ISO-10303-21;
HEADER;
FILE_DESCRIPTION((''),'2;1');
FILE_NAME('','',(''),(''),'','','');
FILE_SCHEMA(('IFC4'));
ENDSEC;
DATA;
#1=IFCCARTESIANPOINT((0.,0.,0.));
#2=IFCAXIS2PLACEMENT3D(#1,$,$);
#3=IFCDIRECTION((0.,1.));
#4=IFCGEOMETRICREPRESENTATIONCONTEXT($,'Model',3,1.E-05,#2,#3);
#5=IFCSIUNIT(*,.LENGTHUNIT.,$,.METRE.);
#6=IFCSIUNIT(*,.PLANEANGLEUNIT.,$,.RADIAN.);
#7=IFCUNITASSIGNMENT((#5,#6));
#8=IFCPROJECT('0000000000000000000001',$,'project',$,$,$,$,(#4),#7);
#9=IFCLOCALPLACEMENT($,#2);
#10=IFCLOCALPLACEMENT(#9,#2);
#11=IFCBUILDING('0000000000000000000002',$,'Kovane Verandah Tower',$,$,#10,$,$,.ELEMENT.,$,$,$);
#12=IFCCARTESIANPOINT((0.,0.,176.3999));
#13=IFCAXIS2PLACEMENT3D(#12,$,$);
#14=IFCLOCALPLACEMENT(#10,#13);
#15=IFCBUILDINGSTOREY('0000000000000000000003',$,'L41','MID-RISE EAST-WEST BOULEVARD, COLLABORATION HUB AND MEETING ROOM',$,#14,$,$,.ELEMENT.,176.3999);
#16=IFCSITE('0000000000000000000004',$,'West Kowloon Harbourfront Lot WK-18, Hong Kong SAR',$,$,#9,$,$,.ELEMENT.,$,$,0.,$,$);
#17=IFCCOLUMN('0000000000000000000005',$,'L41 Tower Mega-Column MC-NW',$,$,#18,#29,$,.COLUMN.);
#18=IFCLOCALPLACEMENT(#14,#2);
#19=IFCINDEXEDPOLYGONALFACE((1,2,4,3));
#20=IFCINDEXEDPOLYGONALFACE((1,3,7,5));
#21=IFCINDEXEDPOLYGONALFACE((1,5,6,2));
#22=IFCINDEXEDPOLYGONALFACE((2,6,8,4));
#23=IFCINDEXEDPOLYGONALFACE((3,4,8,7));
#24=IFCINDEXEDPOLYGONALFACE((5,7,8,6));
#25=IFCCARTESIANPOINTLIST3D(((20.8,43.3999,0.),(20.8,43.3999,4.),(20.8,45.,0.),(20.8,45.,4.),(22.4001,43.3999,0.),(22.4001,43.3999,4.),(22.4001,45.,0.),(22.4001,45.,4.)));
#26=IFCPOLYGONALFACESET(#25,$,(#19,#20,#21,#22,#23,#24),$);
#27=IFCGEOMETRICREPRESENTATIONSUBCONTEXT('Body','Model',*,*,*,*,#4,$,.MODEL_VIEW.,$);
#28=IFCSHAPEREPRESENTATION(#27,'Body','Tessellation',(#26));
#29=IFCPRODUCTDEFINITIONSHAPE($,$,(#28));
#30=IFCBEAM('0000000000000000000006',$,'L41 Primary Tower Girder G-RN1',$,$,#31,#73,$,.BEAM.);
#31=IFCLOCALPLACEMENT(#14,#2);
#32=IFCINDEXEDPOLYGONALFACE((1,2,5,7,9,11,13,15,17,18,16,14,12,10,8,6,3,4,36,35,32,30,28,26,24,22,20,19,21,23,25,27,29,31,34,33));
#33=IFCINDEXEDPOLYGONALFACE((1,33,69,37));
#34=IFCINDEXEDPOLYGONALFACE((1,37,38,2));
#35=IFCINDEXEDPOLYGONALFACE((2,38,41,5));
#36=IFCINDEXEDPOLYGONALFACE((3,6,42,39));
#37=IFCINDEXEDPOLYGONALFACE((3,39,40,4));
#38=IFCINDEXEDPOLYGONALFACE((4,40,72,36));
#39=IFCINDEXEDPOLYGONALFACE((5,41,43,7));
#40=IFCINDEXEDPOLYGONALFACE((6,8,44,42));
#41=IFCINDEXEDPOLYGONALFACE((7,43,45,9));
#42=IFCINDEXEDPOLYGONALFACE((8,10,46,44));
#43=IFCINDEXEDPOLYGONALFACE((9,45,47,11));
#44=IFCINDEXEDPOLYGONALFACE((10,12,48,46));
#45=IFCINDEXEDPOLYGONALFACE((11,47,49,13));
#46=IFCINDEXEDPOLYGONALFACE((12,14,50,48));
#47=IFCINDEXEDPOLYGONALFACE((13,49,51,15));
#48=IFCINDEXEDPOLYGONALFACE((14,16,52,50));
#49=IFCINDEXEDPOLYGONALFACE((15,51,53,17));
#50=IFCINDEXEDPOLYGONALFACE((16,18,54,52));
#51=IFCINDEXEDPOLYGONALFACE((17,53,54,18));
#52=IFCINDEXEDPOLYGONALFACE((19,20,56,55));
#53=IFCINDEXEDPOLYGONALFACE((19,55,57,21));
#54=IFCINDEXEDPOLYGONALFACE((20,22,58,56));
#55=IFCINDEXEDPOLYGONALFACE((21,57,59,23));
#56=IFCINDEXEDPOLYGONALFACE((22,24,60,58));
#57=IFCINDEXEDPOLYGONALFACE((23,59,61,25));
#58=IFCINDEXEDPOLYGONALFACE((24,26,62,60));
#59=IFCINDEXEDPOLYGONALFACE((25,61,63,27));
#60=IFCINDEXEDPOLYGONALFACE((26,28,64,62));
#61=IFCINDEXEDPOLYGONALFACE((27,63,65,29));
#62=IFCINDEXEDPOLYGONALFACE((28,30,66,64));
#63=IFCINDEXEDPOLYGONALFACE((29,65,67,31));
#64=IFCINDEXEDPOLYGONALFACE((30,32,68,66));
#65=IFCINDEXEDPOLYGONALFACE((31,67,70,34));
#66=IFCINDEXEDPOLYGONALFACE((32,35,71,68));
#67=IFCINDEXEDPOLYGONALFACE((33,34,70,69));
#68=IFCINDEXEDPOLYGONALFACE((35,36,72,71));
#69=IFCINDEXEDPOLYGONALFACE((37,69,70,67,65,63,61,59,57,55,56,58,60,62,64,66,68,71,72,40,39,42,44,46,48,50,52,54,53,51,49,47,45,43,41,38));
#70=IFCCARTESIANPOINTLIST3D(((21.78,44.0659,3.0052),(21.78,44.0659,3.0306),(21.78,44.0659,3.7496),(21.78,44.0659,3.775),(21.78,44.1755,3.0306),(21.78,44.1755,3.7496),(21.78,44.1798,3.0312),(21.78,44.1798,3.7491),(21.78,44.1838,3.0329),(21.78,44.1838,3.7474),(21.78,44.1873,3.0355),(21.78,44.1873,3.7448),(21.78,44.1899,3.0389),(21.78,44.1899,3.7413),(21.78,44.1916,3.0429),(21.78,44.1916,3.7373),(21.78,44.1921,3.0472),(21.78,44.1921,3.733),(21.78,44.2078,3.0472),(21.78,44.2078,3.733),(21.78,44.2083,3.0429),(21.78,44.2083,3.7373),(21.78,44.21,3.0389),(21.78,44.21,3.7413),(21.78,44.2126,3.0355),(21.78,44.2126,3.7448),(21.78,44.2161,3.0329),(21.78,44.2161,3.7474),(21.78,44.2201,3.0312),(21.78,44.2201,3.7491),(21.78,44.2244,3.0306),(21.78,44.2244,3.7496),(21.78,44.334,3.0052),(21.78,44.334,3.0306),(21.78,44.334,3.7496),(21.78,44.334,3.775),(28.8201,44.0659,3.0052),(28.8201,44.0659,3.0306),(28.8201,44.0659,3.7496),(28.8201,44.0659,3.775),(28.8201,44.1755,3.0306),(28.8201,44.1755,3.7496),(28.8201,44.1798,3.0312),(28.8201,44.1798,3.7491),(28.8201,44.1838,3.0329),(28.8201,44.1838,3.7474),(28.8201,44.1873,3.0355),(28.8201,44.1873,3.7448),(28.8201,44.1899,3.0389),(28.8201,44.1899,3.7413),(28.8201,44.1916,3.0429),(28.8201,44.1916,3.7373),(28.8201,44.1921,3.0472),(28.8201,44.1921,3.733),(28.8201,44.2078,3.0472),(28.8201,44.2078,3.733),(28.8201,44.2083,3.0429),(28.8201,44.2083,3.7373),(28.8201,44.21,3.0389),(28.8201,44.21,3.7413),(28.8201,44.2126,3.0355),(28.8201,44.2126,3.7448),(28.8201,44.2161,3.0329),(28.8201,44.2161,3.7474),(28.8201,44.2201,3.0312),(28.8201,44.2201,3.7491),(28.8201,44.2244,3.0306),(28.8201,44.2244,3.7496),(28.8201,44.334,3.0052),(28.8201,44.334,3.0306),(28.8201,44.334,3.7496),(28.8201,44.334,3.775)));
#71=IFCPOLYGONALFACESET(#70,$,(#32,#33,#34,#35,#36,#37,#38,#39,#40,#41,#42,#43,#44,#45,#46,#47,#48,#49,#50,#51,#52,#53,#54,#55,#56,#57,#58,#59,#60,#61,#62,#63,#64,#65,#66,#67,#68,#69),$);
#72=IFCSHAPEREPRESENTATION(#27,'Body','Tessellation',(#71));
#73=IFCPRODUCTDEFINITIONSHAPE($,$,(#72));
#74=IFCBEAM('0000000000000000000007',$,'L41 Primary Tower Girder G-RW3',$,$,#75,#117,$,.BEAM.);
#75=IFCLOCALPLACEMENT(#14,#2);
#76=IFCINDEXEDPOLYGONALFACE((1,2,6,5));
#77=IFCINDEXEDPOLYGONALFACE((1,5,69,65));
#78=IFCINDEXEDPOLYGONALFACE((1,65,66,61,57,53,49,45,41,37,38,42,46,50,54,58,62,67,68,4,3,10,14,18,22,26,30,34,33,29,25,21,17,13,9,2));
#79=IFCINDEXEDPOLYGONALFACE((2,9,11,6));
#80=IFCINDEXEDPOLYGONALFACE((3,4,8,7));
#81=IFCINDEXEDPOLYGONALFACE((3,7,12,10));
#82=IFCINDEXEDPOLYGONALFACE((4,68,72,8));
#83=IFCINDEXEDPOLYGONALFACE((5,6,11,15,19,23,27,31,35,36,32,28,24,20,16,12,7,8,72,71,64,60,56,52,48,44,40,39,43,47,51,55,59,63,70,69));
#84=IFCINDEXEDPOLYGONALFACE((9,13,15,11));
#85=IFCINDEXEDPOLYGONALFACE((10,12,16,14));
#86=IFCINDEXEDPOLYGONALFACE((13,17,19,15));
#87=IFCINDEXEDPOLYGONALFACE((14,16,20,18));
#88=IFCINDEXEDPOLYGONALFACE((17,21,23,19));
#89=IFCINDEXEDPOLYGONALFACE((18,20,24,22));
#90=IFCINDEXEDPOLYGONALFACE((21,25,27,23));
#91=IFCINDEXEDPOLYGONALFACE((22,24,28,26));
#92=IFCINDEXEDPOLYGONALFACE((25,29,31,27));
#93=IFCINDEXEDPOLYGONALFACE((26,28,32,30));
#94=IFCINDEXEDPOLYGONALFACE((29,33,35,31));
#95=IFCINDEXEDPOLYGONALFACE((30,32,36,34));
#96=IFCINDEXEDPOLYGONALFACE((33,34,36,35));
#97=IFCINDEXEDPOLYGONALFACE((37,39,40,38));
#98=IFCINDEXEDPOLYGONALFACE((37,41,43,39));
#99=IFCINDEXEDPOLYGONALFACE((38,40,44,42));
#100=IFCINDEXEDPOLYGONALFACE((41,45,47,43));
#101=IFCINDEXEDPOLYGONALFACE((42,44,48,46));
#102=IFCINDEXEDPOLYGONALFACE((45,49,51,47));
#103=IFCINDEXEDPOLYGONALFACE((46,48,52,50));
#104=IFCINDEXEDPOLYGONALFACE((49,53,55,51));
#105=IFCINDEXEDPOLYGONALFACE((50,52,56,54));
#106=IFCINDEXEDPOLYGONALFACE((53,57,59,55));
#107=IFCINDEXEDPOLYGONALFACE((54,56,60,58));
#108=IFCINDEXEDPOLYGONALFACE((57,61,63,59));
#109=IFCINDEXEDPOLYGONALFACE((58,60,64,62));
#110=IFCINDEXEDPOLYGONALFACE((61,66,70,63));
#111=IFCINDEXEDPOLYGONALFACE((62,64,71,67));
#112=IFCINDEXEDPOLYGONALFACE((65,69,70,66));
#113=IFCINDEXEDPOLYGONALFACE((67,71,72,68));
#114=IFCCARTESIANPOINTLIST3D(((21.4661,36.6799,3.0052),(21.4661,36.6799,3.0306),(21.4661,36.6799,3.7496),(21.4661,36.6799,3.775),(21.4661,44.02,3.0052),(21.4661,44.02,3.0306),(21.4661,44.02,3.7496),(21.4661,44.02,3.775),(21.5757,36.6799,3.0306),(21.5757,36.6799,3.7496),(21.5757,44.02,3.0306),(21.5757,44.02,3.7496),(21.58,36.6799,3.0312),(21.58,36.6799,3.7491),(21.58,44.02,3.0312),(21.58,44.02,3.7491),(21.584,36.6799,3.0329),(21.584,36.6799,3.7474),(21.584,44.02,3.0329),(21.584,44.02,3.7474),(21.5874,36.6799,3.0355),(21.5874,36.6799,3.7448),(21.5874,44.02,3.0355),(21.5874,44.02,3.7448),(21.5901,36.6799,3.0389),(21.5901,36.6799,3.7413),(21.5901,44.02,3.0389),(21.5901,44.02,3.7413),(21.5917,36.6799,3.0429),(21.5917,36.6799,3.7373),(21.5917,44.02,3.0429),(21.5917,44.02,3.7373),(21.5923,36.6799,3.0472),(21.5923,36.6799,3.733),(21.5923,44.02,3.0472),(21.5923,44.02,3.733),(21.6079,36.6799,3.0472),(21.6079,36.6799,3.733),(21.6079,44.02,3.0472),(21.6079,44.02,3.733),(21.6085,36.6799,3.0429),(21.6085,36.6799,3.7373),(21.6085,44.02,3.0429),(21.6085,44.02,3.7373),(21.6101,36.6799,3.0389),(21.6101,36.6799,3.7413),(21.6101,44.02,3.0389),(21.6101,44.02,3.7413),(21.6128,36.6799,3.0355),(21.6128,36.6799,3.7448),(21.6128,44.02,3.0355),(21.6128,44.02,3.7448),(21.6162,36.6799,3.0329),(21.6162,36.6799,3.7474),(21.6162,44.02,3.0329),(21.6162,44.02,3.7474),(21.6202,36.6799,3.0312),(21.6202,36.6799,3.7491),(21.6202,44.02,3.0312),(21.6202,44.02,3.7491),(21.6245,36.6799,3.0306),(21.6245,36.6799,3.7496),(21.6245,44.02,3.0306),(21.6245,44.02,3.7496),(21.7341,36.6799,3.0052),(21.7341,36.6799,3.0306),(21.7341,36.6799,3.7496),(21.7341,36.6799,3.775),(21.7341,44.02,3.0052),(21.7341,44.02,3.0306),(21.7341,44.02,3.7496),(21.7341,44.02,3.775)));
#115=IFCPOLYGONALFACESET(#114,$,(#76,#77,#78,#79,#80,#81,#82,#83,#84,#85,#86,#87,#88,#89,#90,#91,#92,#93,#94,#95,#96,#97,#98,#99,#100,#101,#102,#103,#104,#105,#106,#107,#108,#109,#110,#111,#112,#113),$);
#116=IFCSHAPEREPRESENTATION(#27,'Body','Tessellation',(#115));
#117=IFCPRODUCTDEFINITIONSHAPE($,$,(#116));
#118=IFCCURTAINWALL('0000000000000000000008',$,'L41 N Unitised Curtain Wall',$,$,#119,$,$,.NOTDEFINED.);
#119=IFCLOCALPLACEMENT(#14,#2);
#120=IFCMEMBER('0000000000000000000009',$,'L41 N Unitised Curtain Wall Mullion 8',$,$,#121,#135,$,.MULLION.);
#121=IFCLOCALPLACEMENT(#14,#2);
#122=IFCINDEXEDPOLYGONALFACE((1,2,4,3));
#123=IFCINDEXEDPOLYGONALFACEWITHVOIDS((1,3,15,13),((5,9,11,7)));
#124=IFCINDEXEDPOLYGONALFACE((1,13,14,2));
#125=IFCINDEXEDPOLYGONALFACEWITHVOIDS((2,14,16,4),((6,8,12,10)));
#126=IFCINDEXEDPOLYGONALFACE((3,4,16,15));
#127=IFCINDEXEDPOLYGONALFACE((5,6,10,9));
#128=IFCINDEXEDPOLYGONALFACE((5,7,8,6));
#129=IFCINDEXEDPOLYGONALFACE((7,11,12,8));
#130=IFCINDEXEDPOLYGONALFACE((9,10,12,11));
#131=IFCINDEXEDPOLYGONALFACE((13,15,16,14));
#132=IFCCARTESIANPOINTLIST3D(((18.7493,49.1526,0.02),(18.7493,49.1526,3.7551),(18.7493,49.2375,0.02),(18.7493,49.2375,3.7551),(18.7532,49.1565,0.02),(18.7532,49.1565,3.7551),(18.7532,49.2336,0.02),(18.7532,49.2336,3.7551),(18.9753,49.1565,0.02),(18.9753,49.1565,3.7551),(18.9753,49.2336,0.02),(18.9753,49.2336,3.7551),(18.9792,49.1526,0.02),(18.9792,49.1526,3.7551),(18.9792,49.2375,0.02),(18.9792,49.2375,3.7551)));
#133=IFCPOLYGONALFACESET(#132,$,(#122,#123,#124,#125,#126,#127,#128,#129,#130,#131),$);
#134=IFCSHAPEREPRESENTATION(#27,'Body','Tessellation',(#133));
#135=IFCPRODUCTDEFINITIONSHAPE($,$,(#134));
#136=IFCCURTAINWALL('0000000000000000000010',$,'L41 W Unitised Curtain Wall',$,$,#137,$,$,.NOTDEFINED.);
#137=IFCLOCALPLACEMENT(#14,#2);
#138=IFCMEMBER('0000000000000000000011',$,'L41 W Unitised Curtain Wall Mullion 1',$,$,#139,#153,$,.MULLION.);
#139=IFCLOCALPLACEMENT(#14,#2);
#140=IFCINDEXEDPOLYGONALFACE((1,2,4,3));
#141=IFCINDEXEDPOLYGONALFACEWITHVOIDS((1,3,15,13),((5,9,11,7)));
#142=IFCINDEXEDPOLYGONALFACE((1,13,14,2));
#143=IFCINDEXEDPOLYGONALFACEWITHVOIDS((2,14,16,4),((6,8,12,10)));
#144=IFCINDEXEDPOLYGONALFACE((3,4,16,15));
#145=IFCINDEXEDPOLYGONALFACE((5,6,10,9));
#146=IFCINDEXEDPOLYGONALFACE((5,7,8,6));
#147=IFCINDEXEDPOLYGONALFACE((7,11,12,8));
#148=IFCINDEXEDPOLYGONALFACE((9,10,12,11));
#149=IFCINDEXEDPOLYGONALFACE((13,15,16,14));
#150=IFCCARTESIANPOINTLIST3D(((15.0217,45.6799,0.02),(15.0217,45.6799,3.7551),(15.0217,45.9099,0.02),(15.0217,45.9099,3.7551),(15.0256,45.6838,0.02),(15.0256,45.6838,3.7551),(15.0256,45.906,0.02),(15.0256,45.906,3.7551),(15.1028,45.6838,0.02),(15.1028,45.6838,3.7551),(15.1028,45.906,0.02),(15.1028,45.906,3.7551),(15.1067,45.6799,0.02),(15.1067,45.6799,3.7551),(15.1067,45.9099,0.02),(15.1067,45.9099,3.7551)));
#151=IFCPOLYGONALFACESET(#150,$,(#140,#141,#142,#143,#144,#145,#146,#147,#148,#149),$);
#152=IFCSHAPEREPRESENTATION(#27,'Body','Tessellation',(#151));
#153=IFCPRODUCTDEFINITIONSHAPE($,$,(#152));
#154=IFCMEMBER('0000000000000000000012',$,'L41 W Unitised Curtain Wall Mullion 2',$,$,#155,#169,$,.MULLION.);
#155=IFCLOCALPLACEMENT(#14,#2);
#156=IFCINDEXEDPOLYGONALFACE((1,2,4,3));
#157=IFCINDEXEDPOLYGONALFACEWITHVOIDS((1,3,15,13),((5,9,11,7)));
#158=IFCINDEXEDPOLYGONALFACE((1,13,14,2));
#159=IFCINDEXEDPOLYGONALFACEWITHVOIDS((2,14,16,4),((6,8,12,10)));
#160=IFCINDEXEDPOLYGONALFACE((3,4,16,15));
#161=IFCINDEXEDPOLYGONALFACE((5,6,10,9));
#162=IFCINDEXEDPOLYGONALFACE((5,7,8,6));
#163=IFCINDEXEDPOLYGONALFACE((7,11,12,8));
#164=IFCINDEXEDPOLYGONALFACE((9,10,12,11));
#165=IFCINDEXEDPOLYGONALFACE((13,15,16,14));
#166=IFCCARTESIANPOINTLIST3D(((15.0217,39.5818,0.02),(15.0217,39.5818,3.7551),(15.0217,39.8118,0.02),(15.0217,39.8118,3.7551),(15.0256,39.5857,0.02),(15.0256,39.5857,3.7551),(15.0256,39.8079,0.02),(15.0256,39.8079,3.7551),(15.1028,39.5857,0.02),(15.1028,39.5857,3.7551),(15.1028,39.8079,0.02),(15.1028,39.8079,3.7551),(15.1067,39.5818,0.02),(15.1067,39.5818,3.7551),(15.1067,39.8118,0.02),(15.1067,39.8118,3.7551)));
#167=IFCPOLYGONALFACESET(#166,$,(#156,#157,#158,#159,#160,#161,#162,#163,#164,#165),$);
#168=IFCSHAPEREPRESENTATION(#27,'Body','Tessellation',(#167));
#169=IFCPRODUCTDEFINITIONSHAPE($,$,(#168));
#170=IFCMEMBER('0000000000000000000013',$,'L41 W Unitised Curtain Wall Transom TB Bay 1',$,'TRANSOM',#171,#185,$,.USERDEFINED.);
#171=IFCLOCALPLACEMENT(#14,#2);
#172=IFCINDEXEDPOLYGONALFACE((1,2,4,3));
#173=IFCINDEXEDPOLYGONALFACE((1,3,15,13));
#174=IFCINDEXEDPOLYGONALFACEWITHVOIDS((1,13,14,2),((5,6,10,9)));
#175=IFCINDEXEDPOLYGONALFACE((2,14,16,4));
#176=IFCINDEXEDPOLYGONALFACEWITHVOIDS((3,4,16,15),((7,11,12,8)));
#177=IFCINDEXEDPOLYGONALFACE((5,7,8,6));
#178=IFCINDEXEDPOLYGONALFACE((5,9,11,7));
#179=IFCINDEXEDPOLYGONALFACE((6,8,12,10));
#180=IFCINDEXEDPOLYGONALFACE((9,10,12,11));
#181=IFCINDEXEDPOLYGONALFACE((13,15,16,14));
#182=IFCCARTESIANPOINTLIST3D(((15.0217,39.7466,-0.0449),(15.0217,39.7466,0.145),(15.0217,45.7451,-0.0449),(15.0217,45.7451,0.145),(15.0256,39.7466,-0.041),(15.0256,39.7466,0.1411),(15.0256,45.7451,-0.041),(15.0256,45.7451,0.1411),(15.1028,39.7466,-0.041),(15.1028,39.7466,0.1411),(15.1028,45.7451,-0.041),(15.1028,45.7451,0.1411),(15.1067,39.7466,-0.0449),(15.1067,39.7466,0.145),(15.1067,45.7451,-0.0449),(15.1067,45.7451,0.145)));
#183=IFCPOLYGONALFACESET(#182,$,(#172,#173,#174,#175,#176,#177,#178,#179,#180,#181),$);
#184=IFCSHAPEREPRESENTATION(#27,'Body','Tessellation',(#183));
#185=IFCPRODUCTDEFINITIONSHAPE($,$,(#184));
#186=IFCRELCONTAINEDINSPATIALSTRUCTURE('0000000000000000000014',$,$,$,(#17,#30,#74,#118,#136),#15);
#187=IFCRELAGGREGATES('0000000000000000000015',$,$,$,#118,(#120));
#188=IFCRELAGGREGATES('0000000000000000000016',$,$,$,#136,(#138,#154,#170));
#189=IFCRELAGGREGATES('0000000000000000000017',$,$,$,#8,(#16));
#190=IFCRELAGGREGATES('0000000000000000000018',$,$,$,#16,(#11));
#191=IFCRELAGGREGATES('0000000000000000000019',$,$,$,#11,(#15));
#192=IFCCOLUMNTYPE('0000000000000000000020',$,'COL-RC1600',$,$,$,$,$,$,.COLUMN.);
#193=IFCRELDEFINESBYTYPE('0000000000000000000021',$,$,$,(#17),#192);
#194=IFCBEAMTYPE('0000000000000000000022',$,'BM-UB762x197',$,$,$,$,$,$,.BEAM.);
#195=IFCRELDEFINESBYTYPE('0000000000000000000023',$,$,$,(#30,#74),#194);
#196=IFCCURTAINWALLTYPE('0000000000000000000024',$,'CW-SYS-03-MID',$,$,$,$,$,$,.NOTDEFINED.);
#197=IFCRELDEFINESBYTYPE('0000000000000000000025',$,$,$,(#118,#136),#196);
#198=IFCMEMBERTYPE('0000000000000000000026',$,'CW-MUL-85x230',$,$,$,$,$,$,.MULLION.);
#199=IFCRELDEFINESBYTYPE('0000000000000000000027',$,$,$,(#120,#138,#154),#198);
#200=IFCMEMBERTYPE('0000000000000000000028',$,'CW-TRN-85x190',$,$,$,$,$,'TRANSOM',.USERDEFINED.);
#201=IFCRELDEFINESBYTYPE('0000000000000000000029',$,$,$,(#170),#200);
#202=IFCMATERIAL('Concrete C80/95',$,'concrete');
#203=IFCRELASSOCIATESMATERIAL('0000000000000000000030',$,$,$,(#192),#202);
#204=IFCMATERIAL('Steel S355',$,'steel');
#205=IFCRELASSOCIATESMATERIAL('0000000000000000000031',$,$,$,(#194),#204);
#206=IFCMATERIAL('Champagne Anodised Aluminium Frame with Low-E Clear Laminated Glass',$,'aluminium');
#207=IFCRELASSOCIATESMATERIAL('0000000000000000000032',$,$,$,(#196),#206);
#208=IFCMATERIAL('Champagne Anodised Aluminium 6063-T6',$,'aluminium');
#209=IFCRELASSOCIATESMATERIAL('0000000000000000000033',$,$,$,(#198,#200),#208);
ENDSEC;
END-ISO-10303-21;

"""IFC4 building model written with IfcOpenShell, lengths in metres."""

from ifc_helpers import new_model, si_unit, direction, frame, origin, origin_2d, place, context, subcontext, project, spatial, rectangle, hollow_rectangle, i_section, extrude, material, material_profile, profile_set, type_object, element, aggregate, save


model = new_model("IFC4")

# Units and contexts
model_context = context("Model", 3, precision=1e-05, world=origin(), true_north=direction((0.0, 1.0)))
body_context = subcontext(model_context, "Body", "Model", "MODEL_VIEW")
ifc_project = project(units=[si_unit("LENGTHUNIT", "METRE"), si_unit("PLANEANGLEUNIT", "RADIAN")], contexts=[model_context])

# Site, building, storey
site_placement = place(None, origin())
site = spatial("IfcSite", under=ifc_project, at=site_placement, Name="West Kowloon Harbourfront Lot WK-18, Hong Kong SAR", CompositionType="ELEMENT", RefElevation=0.0)
building_placement = place(site_placement, origin())
building = spatial("IfcBuilding", under=site, at=building_placement, Name="Kovane Verandah Tower", CompositionType="ELEMENT")
storey_placement = place(building_placement, frame((0.0, 0.0, 176.3999)))
storey = spatial("IfcBuildingStorey", under=building, at=storey_placement, Name="L41", Description="MID-RISE EAST-WEST BOULEVARD, COLLABORATION HUB AND MEETING ROOM", CompositionType="ELEMENT", Elevation=176.3999)

# Column
ifc_material_1 = material(Name="Concrete C80/95", Category="concrete")
ifc_material_profile_1 = material_profile(ifc_material_1, rectangle(XDim=1.6001, YDim=1.6001, at=origin_2d()), Name="RC1600x1600")
ifc_profile_set_1 = profile_set([ifc_material_profile_1], Name="Concrete C80/95")
column_type = type_object("IfcColumnType", Name="COL-RC1600", PredefinedType="COLUMN", material=ifc_profile_set_1)
column_placement = place(storey_placement, frame((21.6001, 44.2, 0.0), z_axis=(0.0, 0.0, 1.0), x_axis=(1.0, 0.0, 0.0)))
element("IfcColumn", 1, at=column_placement, inside=storey, type_object=column_type, Name="L41 Tower Mega-Column MC-NW", PredefinedType="COLUMN", context=body_context, shape_type="SweptSolid", body=[
    extrude(rectangle(XDim=1.6001, YDim=1.6001, at=origin_2d()), origin(), (0.0, 0.0, 1.0), 4.0),
])

# Beams
ifc_material_2 = material(Name="Steel S355", Category="steel")
ifc_material_profile_2 = material_profile(ifc_material_2, i_section(OverallWidth=0.2681, OverallDepth=0.7698, WebThickness=0.0156, FlangeThickness=0.0254, FilletRadius=0.0166, at=origin_2d()), Name="UB762x267x197")
ifc_profile_set_2 = profile_set([ifc_material_profile_2], Name="Steel S355")
beam_type = type_object("IfcBeamType", Name="BM-UB762x197", PredefinedType="BEAM", material=ifc_profile_set_2)
beam_1_placement = place(storey_placement, frame((21.78, 44.2, 3.3901), z_axis=(1.0, 0.0, 0.0), x_axis=(0.0, 1.0, 0.0)))
element("IfcBeam", 2, at=beam_1_placement, inside=storey, type_object=beam_type, Name="L41 Primary Tower Girder G-RN1", PredefinedType="BEAM", context=body_context, shape_type="SweptSolid", body=[
    extrude(i_section(OverallWidth=0.2681, OverallDepth=0.7698, WebThickness=0.0156, FlangeThickness=0.0254, FilletRadius=0.0166, at=origin_2d()), origin(), (0.0, 0.0, 1.0), 7.04),
])
beam_2_placement = place(storey_placement, frame((21.6001, 36.6799, 3.3901), z_axis=(0.0, 1.0, 0.0), x_axis=(-1.0, 0.0, 0.0)))
element("IfcBeam", 3, at=beam_2_placement, inside=storey, type_object=beam_type, Name="L41 Primary Tower Girder G-RW3", PredefinedType="BEAM", context=body_context, shape_type="SweptSolid", body=[
    extrude(i_section(OverallWidth=0.2681, OverallDepth=0.7698, WebThickness=0.0156, FlangeThickness=0.0254, FilletRadius=0.0166, at=origin_2d()), origin(), (0.0, 0.0, 1.0), 7.3401),
])

# Curtain wall, member
ifc_material_3 = material(Name="Champagne Anodised Aluminium Frame with Low-E Clear Laminated Glass", Category="aluminium")
curtain_wall_type = type_object("IfcCurtainWallType", Name="CW-SYS-03-MID", PredefinedType="NOTDEFINED", material=ifc_material_3)
curtain_wall_1_placement = place(storey_placement, origin())
curtain_wall_1 = element("IfcCurtainWall", 4, at=curtain_wall_1_placement, inside=storey, type_object=curtain_wall_type, Name="L41 N Unitised Curtain Wall", PredefinedType="NOTDEFINED")
ifc_material_4 = material(Name="Champagne Anodised Aluminium 6063-T6", Category="aluminium")
ifc_material_profile_3 = material_profile(ifc_material_4, hollow_rectangle(XDim=0.085, YDim=0.23, WallThickness=0.0039, at=origin_2d()), Name="AL85x230x4")
ifc_profile_set_3 = profile_set([ifc_material_profile_3], Name="Champagne Anodised Aluminium 6063-T6")
member_type_1 = type_object("IfcMemberType", Name="CW-MUL-85x230", PredefinedType="MULLION", material=ifc_profile_set_3)
member_1_placement = place(storey_placement, frame((18.8643, 49.1951, 0.02), z_axis=(0.0, 0.0, 1.0), x_axis=(0.0, 1.0, 0.0)))
member_1 = element("IfcMember", 5, at=member_1_placement, type_object=member_type_1, Name="L41 N Unitised Curtain Wall Mullion 8", PredefinedType="MULLION", context=body_context, shape_type="SweptSolid", body=[
    extrude(hollow_rectangle(XDim=0.085, YDim=0.23, WallThickness=0.0039, at=origin_2d()), origin(), (0.0, 0.0, 1.0), 3.7351),
])

# Curtain wall, members
curtain_wall_2_placement = place(storey_placement, origin())
curtain_wall_2 = element("IfcCurtainWall", 6, at=curtain_wall_2_placement, inside=storey, type_object=curtain_wall_type, Name="L41 W Unitised Curtain Wall", PredefinedType="NOTDEFINED")
member_2_placement = place(storey_placement, frame((15.0642, 45.7949, 0.02), z_axis=(0.0, 0.0, 1.0), x_axis=(-1.0, 0.0, 0.0)))
member_2 = element("IfcMember", 7, at=member_2_placement, type_object=member_type_1, Name="L41 W Unitised Curtain Wall Mullion 1", PredefinedType="MULLION", context=body_context, shape_type="SweptSolid", body=[
    extrude(hollow_rectangle(XDim=0.085, YDim=0.23, WallThickness=0.0039, at=origin_2d()), origin(), (0.0, 0.0, 1.0), 3.7351),
])
member_3_placement = place(storey_placement, frame((15.0642, 39.6968, 0.02), z_axis=(0.0, 0.0, 1.0), x_axis=(-1.0, 0.0, 0.0)))
member_3 = element("IfcMember", 8, at=member_3_placement, type_object=member_type_1, Name="L41 W Unitised Curtain Wall Mullion 2", PredefinedType="MULLION", context=body_context, shape_type="SweptSolid", body=[
    extrude(hollow_rectangle(XDim=0.085, YDim=0.23, WallThickness=0.0039, at=origin_2d()), origin(), (0.0, 0.0, 1.0), 3.7351),
])
ifc_material_profile_4 = material_profile(ifc_material_4, hollow_rectangle(XDim=0.085, YDim=0.1899, WallThickness=0.0039, at=origin_2d()), Name="AL85x190x4")
ifc_profile_set_4 = profile_set([ifc_material_profile_4], Name="Champagne Anodised Aluminium 6063-T6")
member_type_2 = type_object("IfcMemberType", Name="CW-TRN-85x190", ElementType="TRANSOM", PredefinedType="USERDEFINED", material=ifc_profile_set_4)
member_4_placement = place(storey_placement, frame((15.0642, 45.7451, 0.05), z_axis=(0.0, -1.0, 0.0), x_axis=(1.0, 0.0, 0.0)))
member_4 = element("IfcMember", 9, at=member_4_placement, type_object=member_type_2, Name="L41 W Unitised Curtain Wall Transom TB Bay 1", ObjectType="TRANSOM", PredefinedType="USERDEFINED", context=body_context, shape_type="SweptSolid", body=[
    extrude(hollow_rectangle(XDim=0.085, YDim=0.1899, WallThickness=0.0039, at=origin_2d()), origin(), (0.0, 0.0, 1.0), 5.9985),
])

aggregate(curtain_wall_1, [member_1])
aggregate(curtain_wall_2, [member_2, member_3, member_4])

save(model, "model.ifc")
